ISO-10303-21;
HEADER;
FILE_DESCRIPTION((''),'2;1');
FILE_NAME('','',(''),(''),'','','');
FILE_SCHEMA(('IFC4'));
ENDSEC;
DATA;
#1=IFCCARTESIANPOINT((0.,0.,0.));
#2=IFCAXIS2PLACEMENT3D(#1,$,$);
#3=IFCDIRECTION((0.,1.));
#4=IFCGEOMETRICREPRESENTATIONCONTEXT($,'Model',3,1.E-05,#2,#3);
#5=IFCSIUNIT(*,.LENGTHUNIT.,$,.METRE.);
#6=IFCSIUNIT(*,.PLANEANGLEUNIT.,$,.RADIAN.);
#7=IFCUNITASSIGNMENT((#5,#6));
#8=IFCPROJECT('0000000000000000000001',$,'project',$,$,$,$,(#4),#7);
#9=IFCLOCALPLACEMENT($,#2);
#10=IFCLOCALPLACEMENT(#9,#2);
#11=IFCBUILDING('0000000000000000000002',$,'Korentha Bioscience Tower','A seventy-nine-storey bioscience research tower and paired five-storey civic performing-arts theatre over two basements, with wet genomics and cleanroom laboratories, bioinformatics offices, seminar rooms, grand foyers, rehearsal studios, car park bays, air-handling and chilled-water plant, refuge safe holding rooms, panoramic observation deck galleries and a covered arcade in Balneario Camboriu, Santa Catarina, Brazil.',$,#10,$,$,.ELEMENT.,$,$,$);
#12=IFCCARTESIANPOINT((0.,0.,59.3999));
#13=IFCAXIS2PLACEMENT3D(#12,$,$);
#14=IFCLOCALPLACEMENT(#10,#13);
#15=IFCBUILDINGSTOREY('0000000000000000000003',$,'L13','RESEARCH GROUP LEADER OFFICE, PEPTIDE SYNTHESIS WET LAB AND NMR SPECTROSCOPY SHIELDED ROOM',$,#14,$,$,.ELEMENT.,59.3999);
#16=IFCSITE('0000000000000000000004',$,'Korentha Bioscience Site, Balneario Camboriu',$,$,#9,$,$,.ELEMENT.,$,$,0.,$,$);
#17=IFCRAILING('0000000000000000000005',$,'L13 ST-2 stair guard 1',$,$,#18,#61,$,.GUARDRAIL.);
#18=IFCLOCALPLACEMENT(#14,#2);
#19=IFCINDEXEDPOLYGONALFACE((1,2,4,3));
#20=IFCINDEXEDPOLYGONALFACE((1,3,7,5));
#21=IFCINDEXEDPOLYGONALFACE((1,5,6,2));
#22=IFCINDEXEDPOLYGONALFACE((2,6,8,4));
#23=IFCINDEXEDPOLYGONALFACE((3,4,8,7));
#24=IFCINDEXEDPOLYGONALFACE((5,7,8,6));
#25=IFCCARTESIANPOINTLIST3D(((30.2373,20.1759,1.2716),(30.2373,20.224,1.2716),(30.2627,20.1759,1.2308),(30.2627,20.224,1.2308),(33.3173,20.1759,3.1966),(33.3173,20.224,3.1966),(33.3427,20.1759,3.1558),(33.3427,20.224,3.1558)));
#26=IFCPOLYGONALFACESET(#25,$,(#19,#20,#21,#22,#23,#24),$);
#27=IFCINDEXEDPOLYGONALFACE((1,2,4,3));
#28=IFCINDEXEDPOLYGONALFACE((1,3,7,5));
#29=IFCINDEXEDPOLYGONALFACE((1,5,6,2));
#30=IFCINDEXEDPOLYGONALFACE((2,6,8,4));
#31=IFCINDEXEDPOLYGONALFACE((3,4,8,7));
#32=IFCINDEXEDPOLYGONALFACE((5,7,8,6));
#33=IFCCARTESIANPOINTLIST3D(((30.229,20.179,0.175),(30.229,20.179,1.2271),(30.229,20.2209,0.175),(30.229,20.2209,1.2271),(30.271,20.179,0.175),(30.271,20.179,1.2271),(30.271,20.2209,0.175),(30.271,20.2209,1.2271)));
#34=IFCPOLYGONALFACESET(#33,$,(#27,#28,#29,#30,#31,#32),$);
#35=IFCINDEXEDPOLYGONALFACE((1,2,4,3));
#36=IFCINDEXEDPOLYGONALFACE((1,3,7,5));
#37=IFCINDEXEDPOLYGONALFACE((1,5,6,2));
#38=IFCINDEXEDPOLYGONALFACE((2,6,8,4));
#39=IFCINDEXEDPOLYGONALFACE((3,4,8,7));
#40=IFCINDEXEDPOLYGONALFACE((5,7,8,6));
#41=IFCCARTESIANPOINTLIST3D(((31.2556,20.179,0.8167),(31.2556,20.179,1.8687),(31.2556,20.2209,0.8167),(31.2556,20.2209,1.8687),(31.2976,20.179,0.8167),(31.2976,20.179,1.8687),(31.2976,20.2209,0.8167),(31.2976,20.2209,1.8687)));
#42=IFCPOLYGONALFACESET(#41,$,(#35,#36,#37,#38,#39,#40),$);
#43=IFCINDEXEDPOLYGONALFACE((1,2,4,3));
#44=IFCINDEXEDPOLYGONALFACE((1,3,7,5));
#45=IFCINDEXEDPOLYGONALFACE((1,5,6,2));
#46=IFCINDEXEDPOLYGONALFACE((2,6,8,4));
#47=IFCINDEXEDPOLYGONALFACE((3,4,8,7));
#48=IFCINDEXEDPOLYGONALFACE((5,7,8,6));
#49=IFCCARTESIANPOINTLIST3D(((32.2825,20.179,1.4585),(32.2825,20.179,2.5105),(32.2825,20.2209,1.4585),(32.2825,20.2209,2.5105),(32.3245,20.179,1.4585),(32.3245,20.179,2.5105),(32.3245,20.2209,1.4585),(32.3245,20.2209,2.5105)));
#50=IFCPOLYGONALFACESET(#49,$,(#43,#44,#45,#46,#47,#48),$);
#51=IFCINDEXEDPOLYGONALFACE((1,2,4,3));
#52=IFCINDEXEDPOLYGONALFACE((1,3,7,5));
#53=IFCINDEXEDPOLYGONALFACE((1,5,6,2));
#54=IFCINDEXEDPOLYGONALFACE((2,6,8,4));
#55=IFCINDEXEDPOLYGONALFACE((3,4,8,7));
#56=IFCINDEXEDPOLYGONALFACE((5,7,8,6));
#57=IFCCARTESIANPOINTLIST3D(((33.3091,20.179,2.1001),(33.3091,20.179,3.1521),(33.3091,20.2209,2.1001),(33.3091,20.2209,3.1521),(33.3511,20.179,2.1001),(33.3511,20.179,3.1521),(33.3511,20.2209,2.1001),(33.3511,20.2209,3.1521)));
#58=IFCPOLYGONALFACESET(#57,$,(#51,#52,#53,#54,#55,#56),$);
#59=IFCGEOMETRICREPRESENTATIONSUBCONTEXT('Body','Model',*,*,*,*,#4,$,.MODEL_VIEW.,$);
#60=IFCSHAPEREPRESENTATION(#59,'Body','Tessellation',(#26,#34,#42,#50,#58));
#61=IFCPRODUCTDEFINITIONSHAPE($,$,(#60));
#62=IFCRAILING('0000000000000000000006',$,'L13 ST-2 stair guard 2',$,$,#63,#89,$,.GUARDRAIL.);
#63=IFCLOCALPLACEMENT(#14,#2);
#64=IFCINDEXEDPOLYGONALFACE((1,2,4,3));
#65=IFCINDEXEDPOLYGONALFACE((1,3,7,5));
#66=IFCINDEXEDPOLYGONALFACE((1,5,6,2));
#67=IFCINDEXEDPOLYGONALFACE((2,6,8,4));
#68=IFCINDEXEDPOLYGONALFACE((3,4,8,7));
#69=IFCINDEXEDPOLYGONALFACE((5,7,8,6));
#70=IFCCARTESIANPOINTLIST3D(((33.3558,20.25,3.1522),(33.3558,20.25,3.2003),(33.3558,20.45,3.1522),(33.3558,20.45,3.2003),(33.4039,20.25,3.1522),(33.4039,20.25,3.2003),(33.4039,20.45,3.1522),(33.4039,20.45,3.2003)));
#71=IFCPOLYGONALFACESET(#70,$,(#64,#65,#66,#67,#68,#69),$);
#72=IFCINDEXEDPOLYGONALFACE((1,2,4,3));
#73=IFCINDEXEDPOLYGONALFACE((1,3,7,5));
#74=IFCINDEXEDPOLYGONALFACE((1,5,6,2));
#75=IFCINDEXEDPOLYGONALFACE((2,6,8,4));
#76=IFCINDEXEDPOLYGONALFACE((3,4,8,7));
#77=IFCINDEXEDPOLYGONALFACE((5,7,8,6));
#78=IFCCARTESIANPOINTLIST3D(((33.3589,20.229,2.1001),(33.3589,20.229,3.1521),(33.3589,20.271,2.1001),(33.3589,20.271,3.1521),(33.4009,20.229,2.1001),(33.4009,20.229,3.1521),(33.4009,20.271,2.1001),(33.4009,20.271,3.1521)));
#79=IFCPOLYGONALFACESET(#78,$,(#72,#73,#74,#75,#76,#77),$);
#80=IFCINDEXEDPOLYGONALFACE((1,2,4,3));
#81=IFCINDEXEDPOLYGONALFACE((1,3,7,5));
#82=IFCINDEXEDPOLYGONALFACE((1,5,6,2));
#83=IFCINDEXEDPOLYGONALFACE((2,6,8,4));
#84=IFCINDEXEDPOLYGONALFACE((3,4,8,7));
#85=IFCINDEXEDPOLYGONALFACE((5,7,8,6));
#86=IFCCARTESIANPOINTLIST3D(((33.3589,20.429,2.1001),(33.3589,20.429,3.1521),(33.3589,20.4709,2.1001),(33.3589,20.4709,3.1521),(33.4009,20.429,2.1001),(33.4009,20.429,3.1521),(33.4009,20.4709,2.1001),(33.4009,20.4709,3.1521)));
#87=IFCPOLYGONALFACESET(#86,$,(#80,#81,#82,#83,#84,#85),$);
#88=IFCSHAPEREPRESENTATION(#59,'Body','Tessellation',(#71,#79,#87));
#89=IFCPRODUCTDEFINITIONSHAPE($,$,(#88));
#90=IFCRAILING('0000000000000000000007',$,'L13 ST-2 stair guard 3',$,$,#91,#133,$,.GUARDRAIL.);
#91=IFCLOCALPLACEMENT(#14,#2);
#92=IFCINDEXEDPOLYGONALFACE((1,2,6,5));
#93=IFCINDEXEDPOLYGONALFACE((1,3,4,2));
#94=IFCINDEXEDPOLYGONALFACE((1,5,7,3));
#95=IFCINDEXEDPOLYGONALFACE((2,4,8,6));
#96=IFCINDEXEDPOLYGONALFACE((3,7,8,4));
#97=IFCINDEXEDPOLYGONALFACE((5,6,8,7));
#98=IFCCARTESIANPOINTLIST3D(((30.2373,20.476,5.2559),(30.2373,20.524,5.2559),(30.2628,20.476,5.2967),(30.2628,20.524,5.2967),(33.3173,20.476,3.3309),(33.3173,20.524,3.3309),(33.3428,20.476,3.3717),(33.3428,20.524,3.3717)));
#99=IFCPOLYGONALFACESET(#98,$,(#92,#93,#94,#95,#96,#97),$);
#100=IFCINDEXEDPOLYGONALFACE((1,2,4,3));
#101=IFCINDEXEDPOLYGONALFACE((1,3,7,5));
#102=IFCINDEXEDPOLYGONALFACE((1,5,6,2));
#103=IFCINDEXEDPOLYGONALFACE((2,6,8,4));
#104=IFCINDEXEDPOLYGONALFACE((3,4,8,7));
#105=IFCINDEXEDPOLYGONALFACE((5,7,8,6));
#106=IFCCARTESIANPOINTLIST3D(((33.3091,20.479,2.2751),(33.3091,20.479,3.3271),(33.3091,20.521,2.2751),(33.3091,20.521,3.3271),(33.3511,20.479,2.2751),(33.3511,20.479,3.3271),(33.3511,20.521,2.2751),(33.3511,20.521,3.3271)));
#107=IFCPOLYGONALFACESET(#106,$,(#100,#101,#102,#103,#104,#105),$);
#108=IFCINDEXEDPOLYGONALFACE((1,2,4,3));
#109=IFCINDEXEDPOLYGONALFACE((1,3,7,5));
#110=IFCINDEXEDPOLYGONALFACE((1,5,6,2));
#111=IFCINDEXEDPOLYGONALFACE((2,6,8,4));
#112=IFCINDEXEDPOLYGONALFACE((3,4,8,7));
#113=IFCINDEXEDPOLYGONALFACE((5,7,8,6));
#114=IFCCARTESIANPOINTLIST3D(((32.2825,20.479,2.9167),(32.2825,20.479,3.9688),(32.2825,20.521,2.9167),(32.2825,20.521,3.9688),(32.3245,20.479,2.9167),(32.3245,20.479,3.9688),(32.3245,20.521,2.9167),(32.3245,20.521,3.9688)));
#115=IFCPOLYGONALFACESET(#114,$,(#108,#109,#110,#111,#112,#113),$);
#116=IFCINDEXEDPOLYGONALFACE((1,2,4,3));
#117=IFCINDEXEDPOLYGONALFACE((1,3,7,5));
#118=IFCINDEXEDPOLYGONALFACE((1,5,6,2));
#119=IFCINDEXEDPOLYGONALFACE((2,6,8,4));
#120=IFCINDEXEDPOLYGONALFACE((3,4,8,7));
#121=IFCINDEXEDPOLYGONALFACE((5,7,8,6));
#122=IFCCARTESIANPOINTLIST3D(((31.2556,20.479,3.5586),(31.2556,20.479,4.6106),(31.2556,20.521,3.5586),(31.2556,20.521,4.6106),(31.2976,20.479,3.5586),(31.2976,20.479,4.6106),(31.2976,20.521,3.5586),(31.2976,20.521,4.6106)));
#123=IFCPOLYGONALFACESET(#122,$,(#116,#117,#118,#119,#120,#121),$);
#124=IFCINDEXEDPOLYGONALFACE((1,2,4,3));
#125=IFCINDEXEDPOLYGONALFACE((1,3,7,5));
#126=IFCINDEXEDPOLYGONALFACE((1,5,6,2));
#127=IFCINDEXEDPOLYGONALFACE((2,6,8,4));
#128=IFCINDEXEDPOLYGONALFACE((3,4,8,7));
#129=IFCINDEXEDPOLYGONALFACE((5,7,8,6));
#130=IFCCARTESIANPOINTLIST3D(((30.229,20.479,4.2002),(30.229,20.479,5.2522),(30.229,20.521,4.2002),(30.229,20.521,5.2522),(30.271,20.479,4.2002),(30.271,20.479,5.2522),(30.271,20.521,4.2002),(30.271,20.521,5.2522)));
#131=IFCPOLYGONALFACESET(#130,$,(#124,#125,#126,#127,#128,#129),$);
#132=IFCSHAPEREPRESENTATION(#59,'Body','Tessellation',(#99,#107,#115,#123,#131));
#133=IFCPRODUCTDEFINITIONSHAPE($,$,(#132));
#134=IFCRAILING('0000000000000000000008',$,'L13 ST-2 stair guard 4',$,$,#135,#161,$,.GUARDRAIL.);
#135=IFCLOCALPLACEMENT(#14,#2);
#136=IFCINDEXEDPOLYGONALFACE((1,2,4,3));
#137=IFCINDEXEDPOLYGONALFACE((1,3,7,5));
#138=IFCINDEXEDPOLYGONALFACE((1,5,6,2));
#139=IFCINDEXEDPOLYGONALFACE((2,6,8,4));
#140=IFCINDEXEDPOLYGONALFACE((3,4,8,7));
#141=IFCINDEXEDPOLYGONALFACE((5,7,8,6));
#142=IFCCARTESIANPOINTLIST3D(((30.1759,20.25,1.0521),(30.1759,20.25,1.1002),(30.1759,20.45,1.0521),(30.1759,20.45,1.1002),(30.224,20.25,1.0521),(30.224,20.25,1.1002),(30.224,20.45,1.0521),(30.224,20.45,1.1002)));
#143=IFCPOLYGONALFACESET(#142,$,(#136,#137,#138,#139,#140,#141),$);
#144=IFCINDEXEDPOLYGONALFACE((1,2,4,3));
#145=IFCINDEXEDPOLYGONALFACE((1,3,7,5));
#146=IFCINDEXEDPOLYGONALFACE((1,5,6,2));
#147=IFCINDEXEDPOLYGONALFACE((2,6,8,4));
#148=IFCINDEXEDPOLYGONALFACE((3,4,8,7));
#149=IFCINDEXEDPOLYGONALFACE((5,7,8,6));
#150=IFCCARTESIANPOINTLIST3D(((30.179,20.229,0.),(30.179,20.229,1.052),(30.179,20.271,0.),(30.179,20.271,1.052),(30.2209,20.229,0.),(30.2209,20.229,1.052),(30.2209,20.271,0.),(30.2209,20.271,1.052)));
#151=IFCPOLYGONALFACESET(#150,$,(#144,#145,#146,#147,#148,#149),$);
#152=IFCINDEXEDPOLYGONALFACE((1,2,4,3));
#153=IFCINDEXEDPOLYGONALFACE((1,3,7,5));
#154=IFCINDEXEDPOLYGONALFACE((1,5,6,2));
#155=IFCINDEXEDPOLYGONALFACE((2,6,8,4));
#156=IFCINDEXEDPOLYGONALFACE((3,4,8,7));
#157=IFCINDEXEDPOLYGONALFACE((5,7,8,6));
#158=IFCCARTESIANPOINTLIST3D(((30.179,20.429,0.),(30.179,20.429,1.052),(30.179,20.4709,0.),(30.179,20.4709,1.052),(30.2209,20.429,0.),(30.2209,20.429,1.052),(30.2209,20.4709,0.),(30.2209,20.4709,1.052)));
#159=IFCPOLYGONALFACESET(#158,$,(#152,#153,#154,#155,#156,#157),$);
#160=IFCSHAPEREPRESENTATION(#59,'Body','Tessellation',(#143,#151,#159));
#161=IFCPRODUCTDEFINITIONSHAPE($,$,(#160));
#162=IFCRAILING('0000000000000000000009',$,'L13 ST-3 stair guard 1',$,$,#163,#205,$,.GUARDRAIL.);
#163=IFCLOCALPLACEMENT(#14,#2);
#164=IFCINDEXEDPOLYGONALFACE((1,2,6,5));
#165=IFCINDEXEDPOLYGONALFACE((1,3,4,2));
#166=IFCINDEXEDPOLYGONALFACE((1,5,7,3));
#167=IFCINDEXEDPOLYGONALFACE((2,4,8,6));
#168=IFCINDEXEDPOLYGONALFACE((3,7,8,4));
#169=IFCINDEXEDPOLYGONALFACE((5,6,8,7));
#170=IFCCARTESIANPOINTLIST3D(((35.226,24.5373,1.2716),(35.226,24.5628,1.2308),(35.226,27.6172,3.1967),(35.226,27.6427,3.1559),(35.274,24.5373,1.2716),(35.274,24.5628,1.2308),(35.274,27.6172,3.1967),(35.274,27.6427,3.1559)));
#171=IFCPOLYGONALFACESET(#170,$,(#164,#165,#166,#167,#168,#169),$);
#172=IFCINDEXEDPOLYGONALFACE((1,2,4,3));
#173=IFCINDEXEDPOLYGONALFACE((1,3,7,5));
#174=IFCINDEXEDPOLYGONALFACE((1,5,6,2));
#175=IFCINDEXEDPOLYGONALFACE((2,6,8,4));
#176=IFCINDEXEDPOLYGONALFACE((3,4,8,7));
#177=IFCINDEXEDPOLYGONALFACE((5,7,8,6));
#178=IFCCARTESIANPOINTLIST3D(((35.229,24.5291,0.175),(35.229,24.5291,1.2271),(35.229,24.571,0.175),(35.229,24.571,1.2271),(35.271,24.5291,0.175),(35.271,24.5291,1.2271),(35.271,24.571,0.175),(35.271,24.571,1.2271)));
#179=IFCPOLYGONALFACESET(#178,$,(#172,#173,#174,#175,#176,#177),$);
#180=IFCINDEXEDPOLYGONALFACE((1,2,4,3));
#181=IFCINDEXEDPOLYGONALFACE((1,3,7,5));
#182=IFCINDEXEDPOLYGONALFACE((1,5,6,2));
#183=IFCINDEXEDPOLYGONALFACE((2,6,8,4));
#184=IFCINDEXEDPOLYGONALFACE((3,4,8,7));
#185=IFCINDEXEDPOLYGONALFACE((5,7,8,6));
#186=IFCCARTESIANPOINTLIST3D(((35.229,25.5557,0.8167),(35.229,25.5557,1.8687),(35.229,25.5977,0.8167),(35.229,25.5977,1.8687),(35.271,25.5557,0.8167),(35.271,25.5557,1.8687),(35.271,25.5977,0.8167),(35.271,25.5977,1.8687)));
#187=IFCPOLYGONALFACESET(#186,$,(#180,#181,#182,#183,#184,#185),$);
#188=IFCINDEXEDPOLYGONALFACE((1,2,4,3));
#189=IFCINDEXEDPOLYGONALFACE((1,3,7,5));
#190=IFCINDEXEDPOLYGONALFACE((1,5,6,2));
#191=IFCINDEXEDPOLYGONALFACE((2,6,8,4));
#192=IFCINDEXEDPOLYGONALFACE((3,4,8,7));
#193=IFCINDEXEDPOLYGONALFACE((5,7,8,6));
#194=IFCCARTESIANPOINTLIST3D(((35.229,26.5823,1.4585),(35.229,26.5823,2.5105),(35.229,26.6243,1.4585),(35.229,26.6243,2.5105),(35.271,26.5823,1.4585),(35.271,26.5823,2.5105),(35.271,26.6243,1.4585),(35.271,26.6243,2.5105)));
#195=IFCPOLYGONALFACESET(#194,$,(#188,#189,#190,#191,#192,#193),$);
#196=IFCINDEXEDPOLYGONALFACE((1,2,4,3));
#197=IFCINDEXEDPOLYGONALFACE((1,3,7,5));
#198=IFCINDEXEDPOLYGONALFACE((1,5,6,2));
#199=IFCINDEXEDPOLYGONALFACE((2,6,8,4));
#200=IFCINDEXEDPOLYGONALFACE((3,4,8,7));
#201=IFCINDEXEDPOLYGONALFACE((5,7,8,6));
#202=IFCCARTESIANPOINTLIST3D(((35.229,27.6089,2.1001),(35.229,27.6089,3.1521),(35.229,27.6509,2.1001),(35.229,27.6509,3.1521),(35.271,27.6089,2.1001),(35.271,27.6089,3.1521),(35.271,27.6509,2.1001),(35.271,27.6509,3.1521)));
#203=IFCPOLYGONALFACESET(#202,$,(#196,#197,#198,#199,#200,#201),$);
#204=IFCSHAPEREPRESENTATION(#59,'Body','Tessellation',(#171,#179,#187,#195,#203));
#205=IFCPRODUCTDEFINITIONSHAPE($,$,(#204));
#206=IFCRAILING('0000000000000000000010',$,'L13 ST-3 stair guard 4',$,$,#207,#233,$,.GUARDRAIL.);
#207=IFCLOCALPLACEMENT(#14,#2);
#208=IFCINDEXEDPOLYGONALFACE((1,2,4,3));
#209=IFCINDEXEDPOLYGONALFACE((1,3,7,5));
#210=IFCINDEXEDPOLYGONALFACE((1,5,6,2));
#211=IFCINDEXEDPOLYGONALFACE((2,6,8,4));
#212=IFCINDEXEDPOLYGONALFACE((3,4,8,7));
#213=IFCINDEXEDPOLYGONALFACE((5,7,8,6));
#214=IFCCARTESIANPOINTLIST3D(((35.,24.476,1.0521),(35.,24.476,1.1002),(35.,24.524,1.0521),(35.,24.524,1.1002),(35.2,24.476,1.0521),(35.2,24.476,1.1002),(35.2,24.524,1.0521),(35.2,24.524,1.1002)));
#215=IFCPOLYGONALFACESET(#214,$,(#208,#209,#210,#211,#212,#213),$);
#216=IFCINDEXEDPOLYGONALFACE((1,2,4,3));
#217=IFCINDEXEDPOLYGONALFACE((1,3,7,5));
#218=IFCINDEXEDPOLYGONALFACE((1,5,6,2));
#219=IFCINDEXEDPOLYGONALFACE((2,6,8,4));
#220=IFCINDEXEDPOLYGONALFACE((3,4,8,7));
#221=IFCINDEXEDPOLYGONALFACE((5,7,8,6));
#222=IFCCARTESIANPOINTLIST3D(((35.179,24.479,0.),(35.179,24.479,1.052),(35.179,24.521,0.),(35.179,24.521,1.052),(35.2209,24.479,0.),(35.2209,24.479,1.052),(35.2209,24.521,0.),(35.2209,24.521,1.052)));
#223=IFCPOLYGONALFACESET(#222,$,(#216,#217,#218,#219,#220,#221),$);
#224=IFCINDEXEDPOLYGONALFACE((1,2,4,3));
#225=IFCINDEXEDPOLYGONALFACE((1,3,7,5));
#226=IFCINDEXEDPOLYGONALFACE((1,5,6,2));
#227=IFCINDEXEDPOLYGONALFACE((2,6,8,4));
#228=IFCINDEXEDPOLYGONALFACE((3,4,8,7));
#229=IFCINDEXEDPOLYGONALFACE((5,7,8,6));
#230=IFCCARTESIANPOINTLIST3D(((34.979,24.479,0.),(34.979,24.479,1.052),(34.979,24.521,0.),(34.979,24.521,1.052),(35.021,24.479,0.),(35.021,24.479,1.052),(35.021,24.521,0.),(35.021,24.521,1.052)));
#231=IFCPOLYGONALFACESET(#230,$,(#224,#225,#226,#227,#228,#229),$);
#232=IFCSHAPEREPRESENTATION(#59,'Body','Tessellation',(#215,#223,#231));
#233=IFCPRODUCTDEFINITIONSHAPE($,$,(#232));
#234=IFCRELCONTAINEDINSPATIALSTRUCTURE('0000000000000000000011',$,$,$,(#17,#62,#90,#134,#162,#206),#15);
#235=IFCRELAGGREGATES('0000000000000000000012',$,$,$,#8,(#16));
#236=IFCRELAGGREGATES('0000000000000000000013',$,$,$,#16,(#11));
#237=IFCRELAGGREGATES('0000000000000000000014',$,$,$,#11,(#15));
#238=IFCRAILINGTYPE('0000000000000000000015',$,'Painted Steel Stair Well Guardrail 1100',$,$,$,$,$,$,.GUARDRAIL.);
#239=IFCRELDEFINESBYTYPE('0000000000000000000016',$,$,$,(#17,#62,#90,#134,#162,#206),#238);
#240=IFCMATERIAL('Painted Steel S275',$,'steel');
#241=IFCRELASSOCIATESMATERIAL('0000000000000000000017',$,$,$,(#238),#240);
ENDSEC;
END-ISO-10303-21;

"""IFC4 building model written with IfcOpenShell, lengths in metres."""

from ifc_helpers import new_model, si_unit, direction, frame, origin, origin_2d, place, context, subcontext, project, spatial, rectangle, extrude, material, type_object, element, save


model = new_model("IFC4")

# Units and contexts
model_context = context("Model", 3, precision=1e-05, world=origin(), true_north=direction((0.0, 1.0)))
body_context = subcontext(model_context, "Body", "Model", "MODEL_VIEW")
ifc_project = project(units=[si_unit("LENGTHUNIT", "METRE"), si_unit("PLANEANGLEUNIT", "RADIAN")], contexts=[model_context])

# Site, building, storey
site_placement = place(None, origin())
site = spatial("IfcSite", under=ifc_project, at=site_placement, Name="Korentha Bioscience Site, Balneario Camboriu", CompositionType="ELEMENT", RefElevation=0.0)
building_placement = place(site_placement, origin())
building = spatial("IfcBuilding", under=site, at=building_placement, Name="Korentha Bioscience Tower", Description="A seventy-nine-storey bioscience research tower and paired five-storey civic performing-arts theatre over two basements, with wet genomics and cleanroom laboratories, bioinformatics offices, seminar rooms, grand foyers, rehearsal studios, car park bays, air-handling and chilled-water plant, refuge safe holding rooms, panoramic observation deck galleries and a covered arcade in Balneario Camboriu, Santa Catarina, Brazil.", CompositionType="ELEMENT")
storey_placement = place(building_placement, frame((0.0, 0.0, 59.3999)))
storey = spatial("IfcBuildingStorey", under=building, at=storey_placement, Name="L13", Description="RESEARCH GROUP LEADER OFFICE, PEPTIDE SYNTHESIS WET LAB AND NMR SPECTROSCOPY SHIELDED ROOM", CompositionType="ELEMENT", Elevation=59.3999)

# Railings
ifc_material_1 = material(Name="Painted Steel S275", Category="steel")
railing_type_1 = type_object("IfcRailingType", Name="Painted Steel Stair Well Guardrail 1100", PredefinedType="GUARDRAIL", material=ifc_material_1)
railing_1_placement = place(storey_placement, frame((30.25, 20.2, 0.175)))
element("IfcRailing", 1, at=railing_1_placement, inside=storey, type_object=railing_type_1, Name="L13 ST-2 stair guard 1", PredefinedType="GUARDRAIL", context=body_context, shape_type="SweptSolid", body=[
    extrude(rectangle(XDim=0.0481, YDim=0.0481, at=origin_2d()), frame((0.0, 0.0, 1.0762), z_axis=(0.847998, 0.0, 0.529999), x_axis=(0.0, 1.0, 0.0)), (0.0, 0.0, 1.0), 3.6321),
    extrude(rectangle(XDim=0.042, YDim=0.042, at=origin_2d()), origin(), (0.0, 0.0, 1.0), 1.052),
    extrude(rectangle(XDim=0.042, YDim=0.042, at=origin_2d()), frame((1.0266, 0.0, 0.6416)), (0.0, 0.0, 1.0), 1.052),
    extrude(rectangle(XDim=0.042, YDim=0.042, at=origin_2d()), frame((2.0535, 0.0, 1.2834)), (0.0, 0.0, 1.0), 1.052),
    extrude(rectangle(XDim=0.042, YDim=0.042, at=origin_2d()), frame((3.0801, 0.0, 1.925)), (0.0, 0.0, 1.0), 1.052),
])
railing_2_placement = place(storey_placement, frame((33.3799, 20.25, 2.1001)))
element("IfcRailing", 2, at=railing_2_placement, inside=storey, type_object=railing_type_1, Name="L13 ST-2 stair guard 2", PredefinedType="GUARDRAIL", context=body_context, shape_type="SweptSolid", body=[
    extrude(rectangle(XDim=0.0481, YDim=0.0481, at=origin_2d()), frame((0.0, 0.0, 1.0762), z_axis=(0.0, 1.0, 0.0), x_axis=(-1.0, 0.0, 0.0)), (0.0, 0.0, 1.0), 0.2),
    extrude(rectangle(XDim=0.042, YDim=0.042, at=origin_2d()), origin(), (0.0, 0.0, 1.0), 1.052),
    extrude(rectangle(XDim=0.042, YDim=0.042, at=origin_2d()), frame((0.0, 0.2, 0.0)), (0.0, 0.0, 1.0), 1.052),
])
railing_3_placement = place(storey_placement, frame((33.3301, 20.5, 2.2751)))
element("IfcRailing", 3, at=railing_3_placement, inside=storey, type_object=railing_type_1, Name="L13 ST-2 stair guard 3", PredefinedType="GUARDRAIL", context=body_context, shape_type="SweptSolid", body=[
    extrude(rectangle(XDim=0.0481, YDim=0.0481, at=origin_2d()), frame((0.0, 0.0, 1.0762), z_axis=(-0.847998, 0.0, 0.529999), x_axis=(0.0, -1.0, 0.0)), (0.0, 0.0, 1.0), 3.6321),
    extrude(rectangle(XDim=0.042, YDim=0.042, at=origin_2d()), origin(), (0.0, 0.0, 1.0), 1.052),
    extrude(rectangle(XDim=0.042, YDim=0.042, at=origin_2d()), frame((-1.0266, 0.0, 0.6416)), (0.0, 0.0, 1.0), 1.052),
    extrude(rectangle(XDim=0.042, YDim=0.042, at=origin_2d()), frame((-2.0535, 0.0, 1.2834)), (0.0, 0.0, 1.0), 1.052),
    extrude(rectangle(XDim=0.042, YDim=0.042, at=origin_2d()), frame((-3.0801, 0.0, 1.925)), (0.0, 0.0, 1.0), 1.052),
])
railing_4_placement = place(storey_placement, frame((30.2, 20.25, 0.0)))
element("IfcRailing", 4, at=railing_4_placement, inside=storey, type_object=railing_type_1, Name="L13 ST-2 stair guard 4", PredefinedType="GUARDRAIL", context=body_context, shape_type="SweptSolid", body=[
    extrude(rectangle(XDim=0.0481, YDim=0.0481, at=origin_2d()), frame((0.0, 0.0, 1.0762), z_axis=(0.0, 1.0, 0.0), x_axis=(-1.0, 0.0, 0.0)), (0.0, 0.0, 1.0), 0.2),
    extrude(rectangle(XDim=0.042, YDim=0.042, at=origin_2d()), origin(), (0.0, 0.0, 1.0), 1.052),
    extrude(rectangle(XDim=0.042, YDim=0.042, at=origin_2d()), frame((0.0, 0.2, 0.0)), (0.0, 0.0, 1.0), 1.052),
])
railing_5_placement = place(storey_placement, frame((35.25, 24.55, 0.175)))
element("IfcRailing", 5, at=railing_5_placement, inside=storey, type_object=railing_type_1, Name="L13 ST-3 stair guard 1", PredefinedType="GUARDRAIL", context=body_context, shape_type="SweptSolid", body=[
    extrude(rectangle(XDim=0.0481, YDim=0.0481, at=origin_2d()), frame((0.0, 0.0, 1.0762), z_axis=(0.0, 0.847979, 0.530029), x_axis=(-1.0, 0.0, 0.0)), (0.0, 0.0, 1.0), 3.6321),
    extrude(rectangle(XDim=0.042, YDim=0.042, at=origin_2d()), origin(), (0.0, 0.0, 1.0), 1.052),
    extrude(rectangle(XDim=0.042, YDim=0.042, at=origin_2d()), frame((0.0, 1.0266, 0.6416)), (0.0, 0.0, 1.0), 1.052),
    extrude(rectangle(XDim=0.042, YDim=0.042, at=origin_2d()), frame((0.0, 2.0532, 1.2834)), (0.0, 0.0, 1.0), 1.052),
    extrude(rectangle(XDim=0.042, YDim=0.042, at=origin_2d()), frame((0.0, 3.0798, 1.925)), (0.0, 0.0, 1.0), 1.052),
])
railing_6_placement = place(storey_placement, frame((35.2, 24.5, 0.0)))
element("IfcRailing", 6, at=railing_6_placement, inside=storey, type_object=railing_type_1, Name="L13 ST-3 stair guard 4", PredefinedType="GUARDRAIL", context=body_context, shape_type="SweptSolid", body=[
    extrude(rectangle(XDim=0.0481, YDim=0.0481, at=origin_2d()), frame((0.0, 0.0, 1.0762), z_axis=(-1.0, 0.0, 0.0), x_axis=(0.0, -1.0, 0.0)), (0.0, 0.0, 1.0), 0.2),
    extrude(rectangle(XDim=0.042, YDim=0.042, at=origin_2d()), origin(), (0.0, 0.0, 1.0), 1.052),
    extrude(rectangle(XDim=0.042, YDim=0.042, at=origin_2d()), frame((-0.2, 0.0, 0.0)), (0.0, 0.0, 1.0), 1.052),
])

save(model, "model.ifc")
